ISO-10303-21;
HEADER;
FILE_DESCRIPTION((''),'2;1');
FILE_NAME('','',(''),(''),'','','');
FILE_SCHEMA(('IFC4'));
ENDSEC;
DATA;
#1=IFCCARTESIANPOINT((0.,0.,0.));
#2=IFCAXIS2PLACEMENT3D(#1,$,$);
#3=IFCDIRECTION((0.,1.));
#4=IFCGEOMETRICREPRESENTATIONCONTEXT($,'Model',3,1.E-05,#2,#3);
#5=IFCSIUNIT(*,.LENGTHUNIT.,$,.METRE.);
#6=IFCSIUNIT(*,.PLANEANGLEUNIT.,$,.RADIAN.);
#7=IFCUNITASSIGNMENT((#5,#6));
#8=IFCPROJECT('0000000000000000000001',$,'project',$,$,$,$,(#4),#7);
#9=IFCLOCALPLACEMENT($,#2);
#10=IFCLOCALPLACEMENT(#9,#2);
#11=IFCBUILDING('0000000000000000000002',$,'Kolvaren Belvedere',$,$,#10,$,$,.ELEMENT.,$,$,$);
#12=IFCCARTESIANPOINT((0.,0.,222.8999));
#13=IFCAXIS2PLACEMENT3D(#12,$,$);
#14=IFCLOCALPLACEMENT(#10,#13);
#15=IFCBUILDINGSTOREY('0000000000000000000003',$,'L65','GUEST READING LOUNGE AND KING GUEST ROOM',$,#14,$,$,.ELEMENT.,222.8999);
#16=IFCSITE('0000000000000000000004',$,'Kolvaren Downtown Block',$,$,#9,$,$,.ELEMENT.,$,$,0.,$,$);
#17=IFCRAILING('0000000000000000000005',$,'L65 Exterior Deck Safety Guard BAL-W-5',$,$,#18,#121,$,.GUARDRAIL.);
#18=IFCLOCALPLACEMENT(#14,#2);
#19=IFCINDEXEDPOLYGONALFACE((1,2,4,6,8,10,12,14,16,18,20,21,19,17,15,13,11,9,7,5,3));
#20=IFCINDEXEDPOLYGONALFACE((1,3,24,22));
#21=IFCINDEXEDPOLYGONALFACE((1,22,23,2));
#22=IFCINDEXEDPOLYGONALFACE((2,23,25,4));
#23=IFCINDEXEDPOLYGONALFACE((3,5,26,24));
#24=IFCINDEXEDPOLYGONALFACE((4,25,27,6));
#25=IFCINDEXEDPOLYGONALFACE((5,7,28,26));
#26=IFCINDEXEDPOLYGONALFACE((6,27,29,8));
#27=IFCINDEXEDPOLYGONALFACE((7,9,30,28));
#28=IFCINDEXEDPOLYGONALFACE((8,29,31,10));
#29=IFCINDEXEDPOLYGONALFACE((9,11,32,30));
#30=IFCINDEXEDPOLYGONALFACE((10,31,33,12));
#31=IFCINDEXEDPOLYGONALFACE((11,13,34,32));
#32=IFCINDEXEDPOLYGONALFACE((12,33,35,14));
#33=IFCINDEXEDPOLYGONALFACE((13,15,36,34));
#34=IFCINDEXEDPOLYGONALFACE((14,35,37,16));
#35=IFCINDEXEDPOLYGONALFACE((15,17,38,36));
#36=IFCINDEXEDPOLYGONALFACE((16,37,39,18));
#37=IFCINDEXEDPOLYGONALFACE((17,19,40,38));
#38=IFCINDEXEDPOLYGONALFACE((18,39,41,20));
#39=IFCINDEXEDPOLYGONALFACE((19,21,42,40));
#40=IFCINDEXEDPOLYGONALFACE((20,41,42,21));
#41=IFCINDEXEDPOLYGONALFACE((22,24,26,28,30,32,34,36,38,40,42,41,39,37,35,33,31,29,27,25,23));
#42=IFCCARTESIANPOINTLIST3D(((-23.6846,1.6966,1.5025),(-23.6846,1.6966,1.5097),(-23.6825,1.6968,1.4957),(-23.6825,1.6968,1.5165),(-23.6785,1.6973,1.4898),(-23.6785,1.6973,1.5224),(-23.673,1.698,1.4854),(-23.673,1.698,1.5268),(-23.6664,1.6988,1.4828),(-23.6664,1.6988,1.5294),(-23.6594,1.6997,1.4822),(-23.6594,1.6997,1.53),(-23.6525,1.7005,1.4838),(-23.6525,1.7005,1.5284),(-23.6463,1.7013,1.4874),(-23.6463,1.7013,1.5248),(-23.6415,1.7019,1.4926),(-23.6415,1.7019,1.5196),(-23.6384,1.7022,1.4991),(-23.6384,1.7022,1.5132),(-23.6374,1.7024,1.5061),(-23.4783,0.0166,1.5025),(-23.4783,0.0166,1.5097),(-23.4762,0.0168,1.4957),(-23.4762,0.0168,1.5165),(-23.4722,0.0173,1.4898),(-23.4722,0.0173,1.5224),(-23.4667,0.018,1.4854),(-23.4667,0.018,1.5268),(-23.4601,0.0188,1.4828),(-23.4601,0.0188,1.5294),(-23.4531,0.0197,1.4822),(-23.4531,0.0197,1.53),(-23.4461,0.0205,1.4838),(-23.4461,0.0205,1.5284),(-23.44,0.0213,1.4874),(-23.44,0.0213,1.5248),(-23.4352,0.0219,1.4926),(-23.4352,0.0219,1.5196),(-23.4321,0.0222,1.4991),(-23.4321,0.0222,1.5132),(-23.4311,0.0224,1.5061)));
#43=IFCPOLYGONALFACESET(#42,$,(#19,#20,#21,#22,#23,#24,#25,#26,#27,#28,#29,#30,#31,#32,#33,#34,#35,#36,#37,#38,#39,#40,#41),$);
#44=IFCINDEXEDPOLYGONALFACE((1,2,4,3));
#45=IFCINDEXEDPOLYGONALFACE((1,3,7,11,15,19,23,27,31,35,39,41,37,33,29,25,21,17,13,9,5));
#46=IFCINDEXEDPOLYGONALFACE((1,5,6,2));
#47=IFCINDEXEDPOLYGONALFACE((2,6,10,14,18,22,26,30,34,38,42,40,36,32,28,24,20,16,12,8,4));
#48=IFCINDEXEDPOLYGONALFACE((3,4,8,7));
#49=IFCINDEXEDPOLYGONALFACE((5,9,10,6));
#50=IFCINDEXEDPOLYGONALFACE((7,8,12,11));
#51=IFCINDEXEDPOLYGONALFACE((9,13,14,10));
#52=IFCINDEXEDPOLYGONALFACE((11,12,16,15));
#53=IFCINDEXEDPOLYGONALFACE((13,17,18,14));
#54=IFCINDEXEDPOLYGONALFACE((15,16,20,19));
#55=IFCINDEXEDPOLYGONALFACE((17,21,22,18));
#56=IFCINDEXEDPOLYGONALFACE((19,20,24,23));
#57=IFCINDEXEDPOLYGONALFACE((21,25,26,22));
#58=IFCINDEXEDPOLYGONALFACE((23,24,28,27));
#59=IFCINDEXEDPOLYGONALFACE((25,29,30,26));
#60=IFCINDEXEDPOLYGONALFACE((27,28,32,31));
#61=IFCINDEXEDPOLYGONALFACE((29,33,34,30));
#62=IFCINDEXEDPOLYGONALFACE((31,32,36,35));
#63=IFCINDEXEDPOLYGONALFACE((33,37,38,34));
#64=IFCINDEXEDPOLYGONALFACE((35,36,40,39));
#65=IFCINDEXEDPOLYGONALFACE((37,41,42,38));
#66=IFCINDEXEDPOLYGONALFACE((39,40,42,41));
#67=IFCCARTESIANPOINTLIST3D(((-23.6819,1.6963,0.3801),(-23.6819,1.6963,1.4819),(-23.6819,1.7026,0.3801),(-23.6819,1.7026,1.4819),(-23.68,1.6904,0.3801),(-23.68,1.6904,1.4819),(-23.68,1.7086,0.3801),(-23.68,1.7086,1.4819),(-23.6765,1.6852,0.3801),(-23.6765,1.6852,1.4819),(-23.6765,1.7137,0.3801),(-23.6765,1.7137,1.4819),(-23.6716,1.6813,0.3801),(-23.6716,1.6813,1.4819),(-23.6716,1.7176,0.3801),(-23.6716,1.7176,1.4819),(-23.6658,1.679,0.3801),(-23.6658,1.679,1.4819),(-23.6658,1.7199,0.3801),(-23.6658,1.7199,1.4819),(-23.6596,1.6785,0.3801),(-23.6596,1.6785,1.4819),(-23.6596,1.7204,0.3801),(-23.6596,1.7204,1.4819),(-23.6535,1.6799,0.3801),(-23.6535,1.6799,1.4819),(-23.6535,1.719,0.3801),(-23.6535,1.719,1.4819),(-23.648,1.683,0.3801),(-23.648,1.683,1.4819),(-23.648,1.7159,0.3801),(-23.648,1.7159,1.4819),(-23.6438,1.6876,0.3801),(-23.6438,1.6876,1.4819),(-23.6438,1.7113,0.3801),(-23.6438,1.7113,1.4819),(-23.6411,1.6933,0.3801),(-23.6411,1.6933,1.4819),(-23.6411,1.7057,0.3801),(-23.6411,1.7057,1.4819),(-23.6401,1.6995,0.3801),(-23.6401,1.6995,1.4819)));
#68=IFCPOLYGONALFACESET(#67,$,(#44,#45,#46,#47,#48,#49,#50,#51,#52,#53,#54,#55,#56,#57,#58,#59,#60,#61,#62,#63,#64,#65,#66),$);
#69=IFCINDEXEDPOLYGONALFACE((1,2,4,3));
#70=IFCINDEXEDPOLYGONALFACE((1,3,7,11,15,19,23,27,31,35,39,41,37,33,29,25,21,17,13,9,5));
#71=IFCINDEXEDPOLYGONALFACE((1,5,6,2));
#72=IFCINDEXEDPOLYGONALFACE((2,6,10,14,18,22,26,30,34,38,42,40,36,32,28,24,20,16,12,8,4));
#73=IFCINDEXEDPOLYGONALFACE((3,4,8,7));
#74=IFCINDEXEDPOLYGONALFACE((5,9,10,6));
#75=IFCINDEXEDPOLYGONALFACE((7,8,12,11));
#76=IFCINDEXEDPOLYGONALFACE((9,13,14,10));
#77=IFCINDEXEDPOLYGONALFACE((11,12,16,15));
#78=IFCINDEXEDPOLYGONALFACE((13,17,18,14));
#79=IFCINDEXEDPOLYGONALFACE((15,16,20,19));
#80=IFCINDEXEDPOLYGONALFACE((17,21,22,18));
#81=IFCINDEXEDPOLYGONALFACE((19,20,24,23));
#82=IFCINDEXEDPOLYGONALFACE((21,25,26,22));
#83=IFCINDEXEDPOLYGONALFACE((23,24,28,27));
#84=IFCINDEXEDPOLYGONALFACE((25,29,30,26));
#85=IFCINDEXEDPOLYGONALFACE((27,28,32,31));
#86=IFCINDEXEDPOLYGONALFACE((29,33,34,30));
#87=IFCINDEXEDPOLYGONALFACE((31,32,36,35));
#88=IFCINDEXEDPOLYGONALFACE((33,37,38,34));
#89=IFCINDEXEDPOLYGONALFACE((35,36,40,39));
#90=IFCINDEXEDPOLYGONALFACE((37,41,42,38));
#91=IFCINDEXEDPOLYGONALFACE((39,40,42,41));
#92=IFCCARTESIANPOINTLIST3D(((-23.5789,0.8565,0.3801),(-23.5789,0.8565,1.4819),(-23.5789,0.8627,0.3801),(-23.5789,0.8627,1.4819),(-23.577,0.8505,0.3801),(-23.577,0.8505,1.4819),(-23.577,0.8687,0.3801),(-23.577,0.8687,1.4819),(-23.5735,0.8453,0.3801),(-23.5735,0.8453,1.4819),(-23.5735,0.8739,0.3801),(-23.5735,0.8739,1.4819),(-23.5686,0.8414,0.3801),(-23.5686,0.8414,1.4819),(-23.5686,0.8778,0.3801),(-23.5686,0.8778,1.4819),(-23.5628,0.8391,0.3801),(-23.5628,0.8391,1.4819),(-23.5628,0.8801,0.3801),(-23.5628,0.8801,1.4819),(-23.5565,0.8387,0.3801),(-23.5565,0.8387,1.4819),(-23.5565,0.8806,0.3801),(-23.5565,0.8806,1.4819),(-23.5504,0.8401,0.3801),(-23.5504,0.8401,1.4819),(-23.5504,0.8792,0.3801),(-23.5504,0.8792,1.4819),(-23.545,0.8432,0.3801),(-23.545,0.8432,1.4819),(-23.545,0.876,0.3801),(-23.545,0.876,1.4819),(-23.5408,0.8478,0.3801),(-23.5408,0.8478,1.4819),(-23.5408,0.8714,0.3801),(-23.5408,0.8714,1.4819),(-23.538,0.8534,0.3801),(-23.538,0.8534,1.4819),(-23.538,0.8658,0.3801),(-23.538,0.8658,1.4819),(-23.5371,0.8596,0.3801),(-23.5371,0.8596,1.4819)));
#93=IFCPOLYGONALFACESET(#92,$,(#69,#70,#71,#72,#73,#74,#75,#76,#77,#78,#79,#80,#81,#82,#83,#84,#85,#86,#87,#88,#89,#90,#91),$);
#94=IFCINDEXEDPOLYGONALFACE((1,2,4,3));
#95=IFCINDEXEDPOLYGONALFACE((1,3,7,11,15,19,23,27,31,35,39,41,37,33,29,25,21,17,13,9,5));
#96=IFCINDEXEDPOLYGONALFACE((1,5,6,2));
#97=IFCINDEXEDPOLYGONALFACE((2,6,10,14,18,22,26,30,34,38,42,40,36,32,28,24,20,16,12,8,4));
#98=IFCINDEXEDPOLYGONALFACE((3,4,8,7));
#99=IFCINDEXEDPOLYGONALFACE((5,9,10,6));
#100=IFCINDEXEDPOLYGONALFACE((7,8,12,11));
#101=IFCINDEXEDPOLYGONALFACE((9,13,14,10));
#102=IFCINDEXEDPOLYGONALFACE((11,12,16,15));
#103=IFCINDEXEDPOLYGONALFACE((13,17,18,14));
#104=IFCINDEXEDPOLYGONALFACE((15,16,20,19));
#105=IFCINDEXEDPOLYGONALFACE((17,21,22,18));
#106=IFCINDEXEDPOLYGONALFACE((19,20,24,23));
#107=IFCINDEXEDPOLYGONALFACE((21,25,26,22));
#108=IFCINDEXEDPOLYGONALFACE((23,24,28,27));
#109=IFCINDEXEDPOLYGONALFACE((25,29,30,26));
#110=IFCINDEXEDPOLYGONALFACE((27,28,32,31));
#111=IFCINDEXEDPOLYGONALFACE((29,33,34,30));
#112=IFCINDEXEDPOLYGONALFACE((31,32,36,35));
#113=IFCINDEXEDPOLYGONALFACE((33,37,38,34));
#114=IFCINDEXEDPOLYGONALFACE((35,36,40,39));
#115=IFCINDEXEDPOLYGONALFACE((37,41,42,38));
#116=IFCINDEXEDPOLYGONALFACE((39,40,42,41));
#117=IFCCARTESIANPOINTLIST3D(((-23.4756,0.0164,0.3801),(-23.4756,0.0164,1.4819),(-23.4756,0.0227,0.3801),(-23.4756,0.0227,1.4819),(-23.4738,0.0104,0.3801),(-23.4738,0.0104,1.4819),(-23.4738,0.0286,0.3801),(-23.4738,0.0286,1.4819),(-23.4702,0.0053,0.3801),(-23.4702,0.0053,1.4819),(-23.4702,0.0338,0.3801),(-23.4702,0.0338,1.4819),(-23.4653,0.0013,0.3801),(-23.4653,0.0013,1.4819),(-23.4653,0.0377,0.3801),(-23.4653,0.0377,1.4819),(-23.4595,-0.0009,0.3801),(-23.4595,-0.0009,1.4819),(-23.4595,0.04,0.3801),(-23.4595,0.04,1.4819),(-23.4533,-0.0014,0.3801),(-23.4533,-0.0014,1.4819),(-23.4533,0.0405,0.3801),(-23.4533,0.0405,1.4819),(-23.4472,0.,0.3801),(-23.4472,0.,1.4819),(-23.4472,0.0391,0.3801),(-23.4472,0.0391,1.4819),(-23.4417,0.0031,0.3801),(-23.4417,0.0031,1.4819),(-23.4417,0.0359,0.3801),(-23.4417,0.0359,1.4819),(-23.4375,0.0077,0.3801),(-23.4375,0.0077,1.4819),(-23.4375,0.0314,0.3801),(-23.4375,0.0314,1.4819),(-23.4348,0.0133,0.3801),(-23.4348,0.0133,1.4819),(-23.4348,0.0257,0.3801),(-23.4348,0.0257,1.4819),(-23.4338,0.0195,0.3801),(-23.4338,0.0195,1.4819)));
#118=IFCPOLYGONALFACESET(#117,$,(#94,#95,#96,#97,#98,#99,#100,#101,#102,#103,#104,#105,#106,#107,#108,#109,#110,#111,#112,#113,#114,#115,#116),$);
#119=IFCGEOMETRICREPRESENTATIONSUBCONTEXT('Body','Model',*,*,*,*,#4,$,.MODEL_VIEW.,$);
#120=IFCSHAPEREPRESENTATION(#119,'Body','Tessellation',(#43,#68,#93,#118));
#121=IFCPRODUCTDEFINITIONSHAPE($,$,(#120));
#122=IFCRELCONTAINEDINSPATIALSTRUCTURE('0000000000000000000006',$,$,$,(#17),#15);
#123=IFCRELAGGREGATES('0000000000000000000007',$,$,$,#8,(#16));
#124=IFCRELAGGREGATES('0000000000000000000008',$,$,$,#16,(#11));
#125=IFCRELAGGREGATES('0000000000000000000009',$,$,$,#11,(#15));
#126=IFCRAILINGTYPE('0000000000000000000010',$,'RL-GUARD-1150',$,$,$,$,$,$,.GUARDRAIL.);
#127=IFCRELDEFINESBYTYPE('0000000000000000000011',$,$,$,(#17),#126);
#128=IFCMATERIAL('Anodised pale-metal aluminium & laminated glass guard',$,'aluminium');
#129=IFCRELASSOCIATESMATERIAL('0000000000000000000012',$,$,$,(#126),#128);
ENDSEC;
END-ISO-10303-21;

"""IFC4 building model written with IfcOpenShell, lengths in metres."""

from ifc_helpers import new_model, si_unit, direction, frame, origin, origin_2d, place, context, subcontext, project, spatial, circle, extrude, material, type_object, element, save


model = new_model("IFC4")

# Units and contexts
model_context = context("Model", 3, precision=1e-05, world=origin(), true_north=direction((0.0, 1.0)))
body_context = subcontext(model_context, "Body", "Model", "MODEL_VIEW")
ifc_project = project(units=[si_unit("LENGTHUNIT", "METRE"), si_unit("PLANEANGLEUNIT", "RADIAN")], contexts=[model_context])

# Site, building, storey
site_placement = place(None, origin())
site = spatial("IfcSite", under=ifc_project, at=site_placement, Name="Kolvaren Downtown Block", CompositionType="ELEMENT", RefElevation=0.0)
building_placement = place(site_placement, origin())
building = spatial("IfcBuilding", under=site, at=building_placement, Name="Kolvaren Belvedere", CompositionType="ELEMENT")
storey_placement = place(building_placement, frame((0.0, 0.0, 222.8999)))
storey = spatial("IfcBuildingStorey", under=building, at=storey_placement, Name="L65", Description="GUEST READING LOUNGE AND KING GUEST ROOM", CompositionType="ELEMENT", Elevation=222.8999)

# Railing
ifc_material_1 = material(Name="Anodised pale-metal aluminium & laminated glass guard", Category="aluminium")
railing_type = type_object("IfcRailingType", Name="RL-GUARD-1150", PredefinedType="GUARDRAIL", material=ifc_material_1)
railing_1_placement = place(storey_placement, frame((-23.6611, 1.6995, 0.3801)))
element("IfcRailing", 1, at=railing_1_placement, inside=storey, type_object=railing_type, Name="L65 Exterior Deck Safety Guard BAL-W-5", PredefinedType="GUARDRAIL", context=body_context, shape_type="SweptSolid", body=[
    extrude(circle(Radius=0.0239, at=origin_2d()), frame((0.0, 0.0, 1.126), z_axis=(0.121886, -0.992544, 0.0), x_axis=(0.992544, 0.121886, 0.0)), (0.0, 0.0, 1.0), 1.6926),
    extrude(circle(Radius=0.021, at=origin_2d()), origin(), (0.0, 0.0, 1.0), 1.1018),
    extrude(circle(Radius=0.021, at=origin_2d()), frame((0.103, -0.8398, 0.0)), (0.0, 0.0, 1.0), 1.1018),
    extrude(circle(Radius=0.021, at=origin_2d()), frame((0.2063, -1.6799, 0.0)), (0.0, 0.0, 1.0), 1.1018),
])

save(model, "model.ifc")
